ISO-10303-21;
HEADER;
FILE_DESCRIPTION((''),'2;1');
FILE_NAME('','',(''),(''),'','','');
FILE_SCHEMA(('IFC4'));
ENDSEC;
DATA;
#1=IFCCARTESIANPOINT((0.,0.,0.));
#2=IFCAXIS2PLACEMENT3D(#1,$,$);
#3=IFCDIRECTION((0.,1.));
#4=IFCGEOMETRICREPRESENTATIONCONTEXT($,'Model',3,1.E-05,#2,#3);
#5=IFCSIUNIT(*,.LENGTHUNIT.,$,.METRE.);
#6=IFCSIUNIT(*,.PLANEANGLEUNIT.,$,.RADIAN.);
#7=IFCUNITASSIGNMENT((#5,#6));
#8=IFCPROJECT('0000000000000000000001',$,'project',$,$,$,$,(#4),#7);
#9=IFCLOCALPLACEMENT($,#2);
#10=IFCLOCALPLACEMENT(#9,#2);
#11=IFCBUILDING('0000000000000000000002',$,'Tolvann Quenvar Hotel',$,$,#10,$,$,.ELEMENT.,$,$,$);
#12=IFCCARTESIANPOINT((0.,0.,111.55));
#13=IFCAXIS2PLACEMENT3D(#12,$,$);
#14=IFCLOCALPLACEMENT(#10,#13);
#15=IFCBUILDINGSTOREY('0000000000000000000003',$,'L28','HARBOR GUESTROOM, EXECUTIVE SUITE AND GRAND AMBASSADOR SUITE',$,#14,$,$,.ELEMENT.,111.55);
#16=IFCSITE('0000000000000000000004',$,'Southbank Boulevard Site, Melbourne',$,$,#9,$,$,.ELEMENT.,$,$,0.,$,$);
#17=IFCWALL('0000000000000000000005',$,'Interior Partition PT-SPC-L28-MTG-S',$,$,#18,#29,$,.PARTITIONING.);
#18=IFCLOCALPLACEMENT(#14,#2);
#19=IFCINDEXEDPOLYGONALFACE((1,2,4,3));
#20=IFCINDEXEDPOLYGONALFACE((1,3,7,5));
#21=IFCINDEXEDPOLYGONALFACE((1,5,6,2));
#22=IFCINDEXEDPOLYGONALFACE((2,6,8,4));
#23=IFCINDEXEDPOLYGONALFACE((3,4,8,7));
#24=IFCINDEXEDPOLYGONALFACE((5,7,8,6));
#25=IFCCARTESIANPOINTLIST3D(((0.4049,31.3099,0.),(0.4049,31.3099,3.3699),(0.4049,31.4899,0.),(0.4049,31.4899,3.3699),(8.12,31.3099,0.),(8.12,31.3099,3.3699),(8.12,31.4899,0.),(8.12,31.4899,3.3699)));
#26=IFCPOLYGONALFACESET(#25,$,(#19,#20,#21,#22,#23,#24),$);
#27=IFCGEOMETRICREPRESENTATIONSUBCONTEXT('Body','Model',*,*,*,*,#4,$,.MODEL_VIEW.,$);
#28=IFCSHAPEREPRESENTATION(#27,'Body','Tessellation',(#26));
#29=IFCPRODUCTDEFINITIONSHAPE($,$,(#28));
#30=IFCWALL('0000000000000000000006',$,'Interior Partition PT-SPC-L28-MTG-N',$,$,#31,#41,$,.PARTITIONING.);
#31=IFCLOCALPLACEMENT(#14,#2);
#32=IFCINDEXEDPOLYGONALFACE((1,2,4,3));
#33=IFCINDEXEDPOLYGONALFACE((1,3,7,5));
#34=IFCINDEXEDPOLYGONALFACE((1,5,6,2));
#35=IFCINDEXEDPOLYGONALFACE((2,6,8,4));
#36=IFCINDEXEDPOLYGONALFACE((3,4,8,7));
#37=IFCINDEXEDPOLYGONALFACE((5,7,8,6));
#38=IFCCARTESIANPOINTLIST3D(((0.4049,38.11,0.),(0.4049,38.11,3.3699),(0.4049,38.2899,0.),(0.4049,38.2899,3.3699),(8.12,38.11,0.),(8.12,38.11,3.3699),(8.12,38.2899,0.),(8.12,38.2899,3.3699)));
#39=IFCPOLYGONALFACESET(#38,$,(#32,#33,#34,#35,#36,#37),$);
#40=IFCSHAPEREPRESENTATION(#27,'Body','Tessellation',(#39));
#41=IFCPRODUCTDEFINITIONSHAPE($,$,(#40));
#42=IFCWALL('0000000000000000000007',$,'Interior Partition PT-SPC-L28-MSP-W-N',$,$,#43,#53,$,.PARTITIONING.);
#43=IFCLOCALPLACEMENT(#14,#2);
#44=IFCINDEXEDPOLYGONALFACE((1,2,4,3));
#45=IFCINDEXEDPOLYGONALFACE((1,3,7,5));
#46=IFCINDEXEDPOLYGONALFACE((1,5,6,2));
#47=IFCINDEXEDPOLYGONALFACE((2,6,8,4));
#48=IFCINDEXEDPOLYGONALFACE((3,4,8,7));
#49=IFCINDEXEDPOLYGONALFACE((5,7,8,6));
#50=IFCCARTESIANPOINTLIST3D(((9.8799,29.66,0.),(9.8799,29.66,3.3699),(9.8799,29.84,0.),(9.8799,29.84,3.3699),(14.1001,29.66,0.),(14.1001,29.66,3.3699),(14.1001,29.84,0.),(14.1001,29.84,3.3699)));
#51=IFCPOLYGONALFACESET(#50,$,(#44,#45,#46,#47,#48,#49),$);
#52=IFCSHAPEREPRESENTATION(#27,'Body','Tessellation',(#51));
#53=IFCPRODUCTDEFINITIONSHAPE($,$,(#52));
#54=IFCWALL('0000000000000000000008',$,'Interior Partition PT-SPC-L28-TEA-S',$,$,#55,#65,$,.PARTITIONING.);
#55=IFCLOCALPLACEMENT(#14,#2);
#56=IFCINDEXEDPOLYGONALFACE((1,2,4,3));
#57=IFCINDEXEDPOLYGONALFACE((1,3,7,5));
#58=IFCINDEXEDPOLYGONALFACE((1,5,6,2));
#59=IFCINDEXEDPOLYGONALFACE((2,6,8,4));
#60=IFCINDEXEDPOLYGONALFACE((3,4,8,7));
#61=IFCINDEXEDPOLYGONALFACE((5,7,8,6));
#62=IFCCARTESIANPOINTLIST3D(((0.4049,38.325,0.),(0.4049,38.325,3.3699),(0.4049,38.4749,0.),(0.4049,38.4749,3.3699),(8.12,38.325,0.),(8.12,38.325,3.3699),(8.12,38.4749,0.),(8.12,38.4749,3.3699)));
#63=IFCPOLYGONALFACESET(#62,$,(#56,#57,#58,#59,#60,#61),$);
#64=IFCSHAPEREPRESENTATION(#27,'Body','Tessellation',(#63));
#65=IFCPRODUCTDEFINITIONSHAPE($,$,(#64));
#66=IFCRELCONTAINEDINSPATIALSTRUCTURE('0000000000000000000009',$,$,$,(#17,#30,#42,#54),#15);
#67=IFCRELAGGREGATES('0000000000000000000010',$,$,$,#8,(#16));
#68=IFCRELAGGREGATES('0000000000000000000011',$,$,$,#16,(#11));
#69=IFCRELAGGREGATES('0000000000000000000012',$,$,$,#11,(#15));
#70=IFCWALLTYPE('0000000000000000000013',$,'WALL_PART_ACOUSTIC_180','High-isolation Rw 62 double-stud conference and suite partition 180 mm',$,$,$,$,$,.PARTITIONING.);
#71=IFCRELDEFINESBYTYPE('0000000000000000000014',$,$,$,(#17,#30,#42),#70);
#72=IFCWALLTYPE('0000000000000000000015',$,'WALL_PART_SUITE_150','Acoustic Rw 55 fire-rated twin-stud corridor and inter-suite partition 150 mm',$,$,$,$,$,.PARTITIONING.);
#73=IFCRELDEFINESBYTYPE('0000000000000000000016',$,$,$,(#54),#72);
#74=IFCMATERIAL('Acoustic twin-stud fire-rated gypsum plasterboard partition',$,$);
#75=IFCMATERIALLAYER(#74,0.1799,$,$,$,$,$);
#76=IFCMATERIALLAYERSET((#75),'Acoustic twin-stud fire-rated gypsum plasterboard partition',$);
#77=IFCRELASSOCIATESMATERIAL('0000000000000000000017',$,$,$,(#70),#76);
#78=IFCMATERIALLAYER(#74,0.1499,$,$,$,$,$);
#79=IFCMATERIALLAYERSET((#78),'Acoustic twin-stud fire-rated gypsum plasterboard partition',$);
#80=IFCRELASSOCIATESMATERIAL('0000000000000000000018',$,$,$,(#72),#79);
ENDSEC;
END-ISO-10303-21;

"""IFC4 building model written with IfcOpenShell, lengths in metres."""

from ifc_helpers import new_model, si_unit, direction, frame, frame_2d, origin, place, context, subcontext, project, spatial, rectangle, extrude, material, layer, layer_set, type_object, element, save


model = new_model("IFC4")

# Units and contexts
model_context = context("Model", 3, precision=1e-05, world=origin(), true_north=direction((0.0, 1.0)))
body_context = subcontext(model_context, "Body", "Model", "MODEL_VIEW")
ifc_project = project(units=[si_unit("LENGTHUNIT", "METRE"), si_unit("PLANEANGLEUNIT", "RADIAN")], contexts=[model_context])

# Site, building, storey
site_placement = place(None, origin())
site = spatial("IfcSite", under=ifc_project, at=site_placement, Name="Southbank Boulevard Site, Melbourne", CompositionType="ELEMENT", RefElevation=0.0)
building_placement = place(site_placement, origin())
building = spatial("IfcBuilding", under=site, at=building_placement, Name="Tolvann Quenvar Hotel", CompositionType="ELEMENT")
storey_placement = place(building_placement, frame((0.0, 0.0, 111.55)))
storey = spatial("IfcBuildingStorey", under=building, at=storey_placement, Name="L28", Description="HARBOR GUESTROOM, EXECUTIVE SUITE AND GRAND AMBASSADOR SUITE", CompositionType="ELEMENT", Elevation=111.55)

# Walls
ifc_material_1 = material(Name="Acoustic twin-stud fire-rated gypsum plasterboard partition")
ifc_layer_1 = layer(ifc_material_1, 0.1799)
ifc_layer_set_1 = layer_set([ifc_layer_1], Name="Acoustic twin-stud fire-rated gypsum plasterboard partition")
wall_type_1 = type_object("IfcWallType", Name="WALL_PART_ACOUSTIC_180", Description="High-isolation Rw 62 double-stud conference and suite partition 180 mm", PredefinedType="PARTITIONING", material=ifc_layer_set_1)
for number, where, z_axis, x_axis, name in (
    (1, (0.405, 31.3999, 0.0), (0.0, 0.0, 1.0), (1.0, 0.0, 0.0), "Interior Partition PT-SPC-L28-MTG-S"),
    (2, (0.405, 38.2, 0.0), (0.0, 0.0, 1.0), (1.0, 0.0, 0.0), "Interior Partition PT-SPC-L28-MTG-N"),
):
    element("IfcWall", number, at=place(storey_placement, frame(where, z_axis=z_axis, x_axis=x_axis)), inside=storey, type_object=wall_type_1, Name=name, PredefinedType="PARTITIONING", context=body_context, shape_type="SweptSolid", body=[
        extrude(rectangle(XDim=7.7151, YDim=0.1799, at=frame_2d((3.8574, 0.0))), origin(), (0.0, 0.0, 1.0), 3.3699),
    ])

# Walls
wall_1_placement = place(storey_placement, frame((9.8799, 29.75, 0.0), z_axis=(0.0, 0.0, 1.0), x_axis=(1.0, 0.0, 0.0)))
element("IfcWall", 3, at=wall_1_placement, inside=storey, type_object=wall_type_1, Name="Interior Partition PT-SPC-L28-MSP-W-N", PredefinedType="PARTITIONING", context=body_context, shape_type="SweptSolid", body=[
    extrude(rectangle(XDim=4.2202, YDim=0.1799, at=frame_2d((2.1101, 0.0))), origin(), (0.0, 0.0, 1.0), 3.3699),
])
ifc_layer_2 = layer(ifc_material_1, 0.1499)
ifc_layer_set_2 = layer_set([ifc_layer_2], Name="Acoustic twin-stud fire-rated gypsum plasterboard partition")
wall_type_2 = type_object("IfcWallType", Name="WALL_PART_SUITE_150", Description="Acoustic Rw 55 fire-rated twin-stud corridor and inter-suite partition 150 mm", PredefinedType="PARTITIONING", material=ifc_layer_set_2)
wall_2_placement = place(storey_placement, frame((0.405, 38.3999, 0.0), z_axis=(0.0, 0.0, 1.0), x_axis=(1.0, 0.0, 0.0)))
element("IfcWall", 4, at=wall_2_placement, inside=storey, type_object=wall_type_2, Name="Interior Partition PT-SPC-L28-TEA-S", PredefinedType="PARTITIONING", context=body_context, shape_type="SweptSolid", body=[
    extrude(rectangle(XDim=7.7151, YDim=0.1499, at=frame_2d((3.8574, 0.0))), origin(), (0.0, 0.0, 1.0), 3.3699),
])

save(model, "model.ifc")
